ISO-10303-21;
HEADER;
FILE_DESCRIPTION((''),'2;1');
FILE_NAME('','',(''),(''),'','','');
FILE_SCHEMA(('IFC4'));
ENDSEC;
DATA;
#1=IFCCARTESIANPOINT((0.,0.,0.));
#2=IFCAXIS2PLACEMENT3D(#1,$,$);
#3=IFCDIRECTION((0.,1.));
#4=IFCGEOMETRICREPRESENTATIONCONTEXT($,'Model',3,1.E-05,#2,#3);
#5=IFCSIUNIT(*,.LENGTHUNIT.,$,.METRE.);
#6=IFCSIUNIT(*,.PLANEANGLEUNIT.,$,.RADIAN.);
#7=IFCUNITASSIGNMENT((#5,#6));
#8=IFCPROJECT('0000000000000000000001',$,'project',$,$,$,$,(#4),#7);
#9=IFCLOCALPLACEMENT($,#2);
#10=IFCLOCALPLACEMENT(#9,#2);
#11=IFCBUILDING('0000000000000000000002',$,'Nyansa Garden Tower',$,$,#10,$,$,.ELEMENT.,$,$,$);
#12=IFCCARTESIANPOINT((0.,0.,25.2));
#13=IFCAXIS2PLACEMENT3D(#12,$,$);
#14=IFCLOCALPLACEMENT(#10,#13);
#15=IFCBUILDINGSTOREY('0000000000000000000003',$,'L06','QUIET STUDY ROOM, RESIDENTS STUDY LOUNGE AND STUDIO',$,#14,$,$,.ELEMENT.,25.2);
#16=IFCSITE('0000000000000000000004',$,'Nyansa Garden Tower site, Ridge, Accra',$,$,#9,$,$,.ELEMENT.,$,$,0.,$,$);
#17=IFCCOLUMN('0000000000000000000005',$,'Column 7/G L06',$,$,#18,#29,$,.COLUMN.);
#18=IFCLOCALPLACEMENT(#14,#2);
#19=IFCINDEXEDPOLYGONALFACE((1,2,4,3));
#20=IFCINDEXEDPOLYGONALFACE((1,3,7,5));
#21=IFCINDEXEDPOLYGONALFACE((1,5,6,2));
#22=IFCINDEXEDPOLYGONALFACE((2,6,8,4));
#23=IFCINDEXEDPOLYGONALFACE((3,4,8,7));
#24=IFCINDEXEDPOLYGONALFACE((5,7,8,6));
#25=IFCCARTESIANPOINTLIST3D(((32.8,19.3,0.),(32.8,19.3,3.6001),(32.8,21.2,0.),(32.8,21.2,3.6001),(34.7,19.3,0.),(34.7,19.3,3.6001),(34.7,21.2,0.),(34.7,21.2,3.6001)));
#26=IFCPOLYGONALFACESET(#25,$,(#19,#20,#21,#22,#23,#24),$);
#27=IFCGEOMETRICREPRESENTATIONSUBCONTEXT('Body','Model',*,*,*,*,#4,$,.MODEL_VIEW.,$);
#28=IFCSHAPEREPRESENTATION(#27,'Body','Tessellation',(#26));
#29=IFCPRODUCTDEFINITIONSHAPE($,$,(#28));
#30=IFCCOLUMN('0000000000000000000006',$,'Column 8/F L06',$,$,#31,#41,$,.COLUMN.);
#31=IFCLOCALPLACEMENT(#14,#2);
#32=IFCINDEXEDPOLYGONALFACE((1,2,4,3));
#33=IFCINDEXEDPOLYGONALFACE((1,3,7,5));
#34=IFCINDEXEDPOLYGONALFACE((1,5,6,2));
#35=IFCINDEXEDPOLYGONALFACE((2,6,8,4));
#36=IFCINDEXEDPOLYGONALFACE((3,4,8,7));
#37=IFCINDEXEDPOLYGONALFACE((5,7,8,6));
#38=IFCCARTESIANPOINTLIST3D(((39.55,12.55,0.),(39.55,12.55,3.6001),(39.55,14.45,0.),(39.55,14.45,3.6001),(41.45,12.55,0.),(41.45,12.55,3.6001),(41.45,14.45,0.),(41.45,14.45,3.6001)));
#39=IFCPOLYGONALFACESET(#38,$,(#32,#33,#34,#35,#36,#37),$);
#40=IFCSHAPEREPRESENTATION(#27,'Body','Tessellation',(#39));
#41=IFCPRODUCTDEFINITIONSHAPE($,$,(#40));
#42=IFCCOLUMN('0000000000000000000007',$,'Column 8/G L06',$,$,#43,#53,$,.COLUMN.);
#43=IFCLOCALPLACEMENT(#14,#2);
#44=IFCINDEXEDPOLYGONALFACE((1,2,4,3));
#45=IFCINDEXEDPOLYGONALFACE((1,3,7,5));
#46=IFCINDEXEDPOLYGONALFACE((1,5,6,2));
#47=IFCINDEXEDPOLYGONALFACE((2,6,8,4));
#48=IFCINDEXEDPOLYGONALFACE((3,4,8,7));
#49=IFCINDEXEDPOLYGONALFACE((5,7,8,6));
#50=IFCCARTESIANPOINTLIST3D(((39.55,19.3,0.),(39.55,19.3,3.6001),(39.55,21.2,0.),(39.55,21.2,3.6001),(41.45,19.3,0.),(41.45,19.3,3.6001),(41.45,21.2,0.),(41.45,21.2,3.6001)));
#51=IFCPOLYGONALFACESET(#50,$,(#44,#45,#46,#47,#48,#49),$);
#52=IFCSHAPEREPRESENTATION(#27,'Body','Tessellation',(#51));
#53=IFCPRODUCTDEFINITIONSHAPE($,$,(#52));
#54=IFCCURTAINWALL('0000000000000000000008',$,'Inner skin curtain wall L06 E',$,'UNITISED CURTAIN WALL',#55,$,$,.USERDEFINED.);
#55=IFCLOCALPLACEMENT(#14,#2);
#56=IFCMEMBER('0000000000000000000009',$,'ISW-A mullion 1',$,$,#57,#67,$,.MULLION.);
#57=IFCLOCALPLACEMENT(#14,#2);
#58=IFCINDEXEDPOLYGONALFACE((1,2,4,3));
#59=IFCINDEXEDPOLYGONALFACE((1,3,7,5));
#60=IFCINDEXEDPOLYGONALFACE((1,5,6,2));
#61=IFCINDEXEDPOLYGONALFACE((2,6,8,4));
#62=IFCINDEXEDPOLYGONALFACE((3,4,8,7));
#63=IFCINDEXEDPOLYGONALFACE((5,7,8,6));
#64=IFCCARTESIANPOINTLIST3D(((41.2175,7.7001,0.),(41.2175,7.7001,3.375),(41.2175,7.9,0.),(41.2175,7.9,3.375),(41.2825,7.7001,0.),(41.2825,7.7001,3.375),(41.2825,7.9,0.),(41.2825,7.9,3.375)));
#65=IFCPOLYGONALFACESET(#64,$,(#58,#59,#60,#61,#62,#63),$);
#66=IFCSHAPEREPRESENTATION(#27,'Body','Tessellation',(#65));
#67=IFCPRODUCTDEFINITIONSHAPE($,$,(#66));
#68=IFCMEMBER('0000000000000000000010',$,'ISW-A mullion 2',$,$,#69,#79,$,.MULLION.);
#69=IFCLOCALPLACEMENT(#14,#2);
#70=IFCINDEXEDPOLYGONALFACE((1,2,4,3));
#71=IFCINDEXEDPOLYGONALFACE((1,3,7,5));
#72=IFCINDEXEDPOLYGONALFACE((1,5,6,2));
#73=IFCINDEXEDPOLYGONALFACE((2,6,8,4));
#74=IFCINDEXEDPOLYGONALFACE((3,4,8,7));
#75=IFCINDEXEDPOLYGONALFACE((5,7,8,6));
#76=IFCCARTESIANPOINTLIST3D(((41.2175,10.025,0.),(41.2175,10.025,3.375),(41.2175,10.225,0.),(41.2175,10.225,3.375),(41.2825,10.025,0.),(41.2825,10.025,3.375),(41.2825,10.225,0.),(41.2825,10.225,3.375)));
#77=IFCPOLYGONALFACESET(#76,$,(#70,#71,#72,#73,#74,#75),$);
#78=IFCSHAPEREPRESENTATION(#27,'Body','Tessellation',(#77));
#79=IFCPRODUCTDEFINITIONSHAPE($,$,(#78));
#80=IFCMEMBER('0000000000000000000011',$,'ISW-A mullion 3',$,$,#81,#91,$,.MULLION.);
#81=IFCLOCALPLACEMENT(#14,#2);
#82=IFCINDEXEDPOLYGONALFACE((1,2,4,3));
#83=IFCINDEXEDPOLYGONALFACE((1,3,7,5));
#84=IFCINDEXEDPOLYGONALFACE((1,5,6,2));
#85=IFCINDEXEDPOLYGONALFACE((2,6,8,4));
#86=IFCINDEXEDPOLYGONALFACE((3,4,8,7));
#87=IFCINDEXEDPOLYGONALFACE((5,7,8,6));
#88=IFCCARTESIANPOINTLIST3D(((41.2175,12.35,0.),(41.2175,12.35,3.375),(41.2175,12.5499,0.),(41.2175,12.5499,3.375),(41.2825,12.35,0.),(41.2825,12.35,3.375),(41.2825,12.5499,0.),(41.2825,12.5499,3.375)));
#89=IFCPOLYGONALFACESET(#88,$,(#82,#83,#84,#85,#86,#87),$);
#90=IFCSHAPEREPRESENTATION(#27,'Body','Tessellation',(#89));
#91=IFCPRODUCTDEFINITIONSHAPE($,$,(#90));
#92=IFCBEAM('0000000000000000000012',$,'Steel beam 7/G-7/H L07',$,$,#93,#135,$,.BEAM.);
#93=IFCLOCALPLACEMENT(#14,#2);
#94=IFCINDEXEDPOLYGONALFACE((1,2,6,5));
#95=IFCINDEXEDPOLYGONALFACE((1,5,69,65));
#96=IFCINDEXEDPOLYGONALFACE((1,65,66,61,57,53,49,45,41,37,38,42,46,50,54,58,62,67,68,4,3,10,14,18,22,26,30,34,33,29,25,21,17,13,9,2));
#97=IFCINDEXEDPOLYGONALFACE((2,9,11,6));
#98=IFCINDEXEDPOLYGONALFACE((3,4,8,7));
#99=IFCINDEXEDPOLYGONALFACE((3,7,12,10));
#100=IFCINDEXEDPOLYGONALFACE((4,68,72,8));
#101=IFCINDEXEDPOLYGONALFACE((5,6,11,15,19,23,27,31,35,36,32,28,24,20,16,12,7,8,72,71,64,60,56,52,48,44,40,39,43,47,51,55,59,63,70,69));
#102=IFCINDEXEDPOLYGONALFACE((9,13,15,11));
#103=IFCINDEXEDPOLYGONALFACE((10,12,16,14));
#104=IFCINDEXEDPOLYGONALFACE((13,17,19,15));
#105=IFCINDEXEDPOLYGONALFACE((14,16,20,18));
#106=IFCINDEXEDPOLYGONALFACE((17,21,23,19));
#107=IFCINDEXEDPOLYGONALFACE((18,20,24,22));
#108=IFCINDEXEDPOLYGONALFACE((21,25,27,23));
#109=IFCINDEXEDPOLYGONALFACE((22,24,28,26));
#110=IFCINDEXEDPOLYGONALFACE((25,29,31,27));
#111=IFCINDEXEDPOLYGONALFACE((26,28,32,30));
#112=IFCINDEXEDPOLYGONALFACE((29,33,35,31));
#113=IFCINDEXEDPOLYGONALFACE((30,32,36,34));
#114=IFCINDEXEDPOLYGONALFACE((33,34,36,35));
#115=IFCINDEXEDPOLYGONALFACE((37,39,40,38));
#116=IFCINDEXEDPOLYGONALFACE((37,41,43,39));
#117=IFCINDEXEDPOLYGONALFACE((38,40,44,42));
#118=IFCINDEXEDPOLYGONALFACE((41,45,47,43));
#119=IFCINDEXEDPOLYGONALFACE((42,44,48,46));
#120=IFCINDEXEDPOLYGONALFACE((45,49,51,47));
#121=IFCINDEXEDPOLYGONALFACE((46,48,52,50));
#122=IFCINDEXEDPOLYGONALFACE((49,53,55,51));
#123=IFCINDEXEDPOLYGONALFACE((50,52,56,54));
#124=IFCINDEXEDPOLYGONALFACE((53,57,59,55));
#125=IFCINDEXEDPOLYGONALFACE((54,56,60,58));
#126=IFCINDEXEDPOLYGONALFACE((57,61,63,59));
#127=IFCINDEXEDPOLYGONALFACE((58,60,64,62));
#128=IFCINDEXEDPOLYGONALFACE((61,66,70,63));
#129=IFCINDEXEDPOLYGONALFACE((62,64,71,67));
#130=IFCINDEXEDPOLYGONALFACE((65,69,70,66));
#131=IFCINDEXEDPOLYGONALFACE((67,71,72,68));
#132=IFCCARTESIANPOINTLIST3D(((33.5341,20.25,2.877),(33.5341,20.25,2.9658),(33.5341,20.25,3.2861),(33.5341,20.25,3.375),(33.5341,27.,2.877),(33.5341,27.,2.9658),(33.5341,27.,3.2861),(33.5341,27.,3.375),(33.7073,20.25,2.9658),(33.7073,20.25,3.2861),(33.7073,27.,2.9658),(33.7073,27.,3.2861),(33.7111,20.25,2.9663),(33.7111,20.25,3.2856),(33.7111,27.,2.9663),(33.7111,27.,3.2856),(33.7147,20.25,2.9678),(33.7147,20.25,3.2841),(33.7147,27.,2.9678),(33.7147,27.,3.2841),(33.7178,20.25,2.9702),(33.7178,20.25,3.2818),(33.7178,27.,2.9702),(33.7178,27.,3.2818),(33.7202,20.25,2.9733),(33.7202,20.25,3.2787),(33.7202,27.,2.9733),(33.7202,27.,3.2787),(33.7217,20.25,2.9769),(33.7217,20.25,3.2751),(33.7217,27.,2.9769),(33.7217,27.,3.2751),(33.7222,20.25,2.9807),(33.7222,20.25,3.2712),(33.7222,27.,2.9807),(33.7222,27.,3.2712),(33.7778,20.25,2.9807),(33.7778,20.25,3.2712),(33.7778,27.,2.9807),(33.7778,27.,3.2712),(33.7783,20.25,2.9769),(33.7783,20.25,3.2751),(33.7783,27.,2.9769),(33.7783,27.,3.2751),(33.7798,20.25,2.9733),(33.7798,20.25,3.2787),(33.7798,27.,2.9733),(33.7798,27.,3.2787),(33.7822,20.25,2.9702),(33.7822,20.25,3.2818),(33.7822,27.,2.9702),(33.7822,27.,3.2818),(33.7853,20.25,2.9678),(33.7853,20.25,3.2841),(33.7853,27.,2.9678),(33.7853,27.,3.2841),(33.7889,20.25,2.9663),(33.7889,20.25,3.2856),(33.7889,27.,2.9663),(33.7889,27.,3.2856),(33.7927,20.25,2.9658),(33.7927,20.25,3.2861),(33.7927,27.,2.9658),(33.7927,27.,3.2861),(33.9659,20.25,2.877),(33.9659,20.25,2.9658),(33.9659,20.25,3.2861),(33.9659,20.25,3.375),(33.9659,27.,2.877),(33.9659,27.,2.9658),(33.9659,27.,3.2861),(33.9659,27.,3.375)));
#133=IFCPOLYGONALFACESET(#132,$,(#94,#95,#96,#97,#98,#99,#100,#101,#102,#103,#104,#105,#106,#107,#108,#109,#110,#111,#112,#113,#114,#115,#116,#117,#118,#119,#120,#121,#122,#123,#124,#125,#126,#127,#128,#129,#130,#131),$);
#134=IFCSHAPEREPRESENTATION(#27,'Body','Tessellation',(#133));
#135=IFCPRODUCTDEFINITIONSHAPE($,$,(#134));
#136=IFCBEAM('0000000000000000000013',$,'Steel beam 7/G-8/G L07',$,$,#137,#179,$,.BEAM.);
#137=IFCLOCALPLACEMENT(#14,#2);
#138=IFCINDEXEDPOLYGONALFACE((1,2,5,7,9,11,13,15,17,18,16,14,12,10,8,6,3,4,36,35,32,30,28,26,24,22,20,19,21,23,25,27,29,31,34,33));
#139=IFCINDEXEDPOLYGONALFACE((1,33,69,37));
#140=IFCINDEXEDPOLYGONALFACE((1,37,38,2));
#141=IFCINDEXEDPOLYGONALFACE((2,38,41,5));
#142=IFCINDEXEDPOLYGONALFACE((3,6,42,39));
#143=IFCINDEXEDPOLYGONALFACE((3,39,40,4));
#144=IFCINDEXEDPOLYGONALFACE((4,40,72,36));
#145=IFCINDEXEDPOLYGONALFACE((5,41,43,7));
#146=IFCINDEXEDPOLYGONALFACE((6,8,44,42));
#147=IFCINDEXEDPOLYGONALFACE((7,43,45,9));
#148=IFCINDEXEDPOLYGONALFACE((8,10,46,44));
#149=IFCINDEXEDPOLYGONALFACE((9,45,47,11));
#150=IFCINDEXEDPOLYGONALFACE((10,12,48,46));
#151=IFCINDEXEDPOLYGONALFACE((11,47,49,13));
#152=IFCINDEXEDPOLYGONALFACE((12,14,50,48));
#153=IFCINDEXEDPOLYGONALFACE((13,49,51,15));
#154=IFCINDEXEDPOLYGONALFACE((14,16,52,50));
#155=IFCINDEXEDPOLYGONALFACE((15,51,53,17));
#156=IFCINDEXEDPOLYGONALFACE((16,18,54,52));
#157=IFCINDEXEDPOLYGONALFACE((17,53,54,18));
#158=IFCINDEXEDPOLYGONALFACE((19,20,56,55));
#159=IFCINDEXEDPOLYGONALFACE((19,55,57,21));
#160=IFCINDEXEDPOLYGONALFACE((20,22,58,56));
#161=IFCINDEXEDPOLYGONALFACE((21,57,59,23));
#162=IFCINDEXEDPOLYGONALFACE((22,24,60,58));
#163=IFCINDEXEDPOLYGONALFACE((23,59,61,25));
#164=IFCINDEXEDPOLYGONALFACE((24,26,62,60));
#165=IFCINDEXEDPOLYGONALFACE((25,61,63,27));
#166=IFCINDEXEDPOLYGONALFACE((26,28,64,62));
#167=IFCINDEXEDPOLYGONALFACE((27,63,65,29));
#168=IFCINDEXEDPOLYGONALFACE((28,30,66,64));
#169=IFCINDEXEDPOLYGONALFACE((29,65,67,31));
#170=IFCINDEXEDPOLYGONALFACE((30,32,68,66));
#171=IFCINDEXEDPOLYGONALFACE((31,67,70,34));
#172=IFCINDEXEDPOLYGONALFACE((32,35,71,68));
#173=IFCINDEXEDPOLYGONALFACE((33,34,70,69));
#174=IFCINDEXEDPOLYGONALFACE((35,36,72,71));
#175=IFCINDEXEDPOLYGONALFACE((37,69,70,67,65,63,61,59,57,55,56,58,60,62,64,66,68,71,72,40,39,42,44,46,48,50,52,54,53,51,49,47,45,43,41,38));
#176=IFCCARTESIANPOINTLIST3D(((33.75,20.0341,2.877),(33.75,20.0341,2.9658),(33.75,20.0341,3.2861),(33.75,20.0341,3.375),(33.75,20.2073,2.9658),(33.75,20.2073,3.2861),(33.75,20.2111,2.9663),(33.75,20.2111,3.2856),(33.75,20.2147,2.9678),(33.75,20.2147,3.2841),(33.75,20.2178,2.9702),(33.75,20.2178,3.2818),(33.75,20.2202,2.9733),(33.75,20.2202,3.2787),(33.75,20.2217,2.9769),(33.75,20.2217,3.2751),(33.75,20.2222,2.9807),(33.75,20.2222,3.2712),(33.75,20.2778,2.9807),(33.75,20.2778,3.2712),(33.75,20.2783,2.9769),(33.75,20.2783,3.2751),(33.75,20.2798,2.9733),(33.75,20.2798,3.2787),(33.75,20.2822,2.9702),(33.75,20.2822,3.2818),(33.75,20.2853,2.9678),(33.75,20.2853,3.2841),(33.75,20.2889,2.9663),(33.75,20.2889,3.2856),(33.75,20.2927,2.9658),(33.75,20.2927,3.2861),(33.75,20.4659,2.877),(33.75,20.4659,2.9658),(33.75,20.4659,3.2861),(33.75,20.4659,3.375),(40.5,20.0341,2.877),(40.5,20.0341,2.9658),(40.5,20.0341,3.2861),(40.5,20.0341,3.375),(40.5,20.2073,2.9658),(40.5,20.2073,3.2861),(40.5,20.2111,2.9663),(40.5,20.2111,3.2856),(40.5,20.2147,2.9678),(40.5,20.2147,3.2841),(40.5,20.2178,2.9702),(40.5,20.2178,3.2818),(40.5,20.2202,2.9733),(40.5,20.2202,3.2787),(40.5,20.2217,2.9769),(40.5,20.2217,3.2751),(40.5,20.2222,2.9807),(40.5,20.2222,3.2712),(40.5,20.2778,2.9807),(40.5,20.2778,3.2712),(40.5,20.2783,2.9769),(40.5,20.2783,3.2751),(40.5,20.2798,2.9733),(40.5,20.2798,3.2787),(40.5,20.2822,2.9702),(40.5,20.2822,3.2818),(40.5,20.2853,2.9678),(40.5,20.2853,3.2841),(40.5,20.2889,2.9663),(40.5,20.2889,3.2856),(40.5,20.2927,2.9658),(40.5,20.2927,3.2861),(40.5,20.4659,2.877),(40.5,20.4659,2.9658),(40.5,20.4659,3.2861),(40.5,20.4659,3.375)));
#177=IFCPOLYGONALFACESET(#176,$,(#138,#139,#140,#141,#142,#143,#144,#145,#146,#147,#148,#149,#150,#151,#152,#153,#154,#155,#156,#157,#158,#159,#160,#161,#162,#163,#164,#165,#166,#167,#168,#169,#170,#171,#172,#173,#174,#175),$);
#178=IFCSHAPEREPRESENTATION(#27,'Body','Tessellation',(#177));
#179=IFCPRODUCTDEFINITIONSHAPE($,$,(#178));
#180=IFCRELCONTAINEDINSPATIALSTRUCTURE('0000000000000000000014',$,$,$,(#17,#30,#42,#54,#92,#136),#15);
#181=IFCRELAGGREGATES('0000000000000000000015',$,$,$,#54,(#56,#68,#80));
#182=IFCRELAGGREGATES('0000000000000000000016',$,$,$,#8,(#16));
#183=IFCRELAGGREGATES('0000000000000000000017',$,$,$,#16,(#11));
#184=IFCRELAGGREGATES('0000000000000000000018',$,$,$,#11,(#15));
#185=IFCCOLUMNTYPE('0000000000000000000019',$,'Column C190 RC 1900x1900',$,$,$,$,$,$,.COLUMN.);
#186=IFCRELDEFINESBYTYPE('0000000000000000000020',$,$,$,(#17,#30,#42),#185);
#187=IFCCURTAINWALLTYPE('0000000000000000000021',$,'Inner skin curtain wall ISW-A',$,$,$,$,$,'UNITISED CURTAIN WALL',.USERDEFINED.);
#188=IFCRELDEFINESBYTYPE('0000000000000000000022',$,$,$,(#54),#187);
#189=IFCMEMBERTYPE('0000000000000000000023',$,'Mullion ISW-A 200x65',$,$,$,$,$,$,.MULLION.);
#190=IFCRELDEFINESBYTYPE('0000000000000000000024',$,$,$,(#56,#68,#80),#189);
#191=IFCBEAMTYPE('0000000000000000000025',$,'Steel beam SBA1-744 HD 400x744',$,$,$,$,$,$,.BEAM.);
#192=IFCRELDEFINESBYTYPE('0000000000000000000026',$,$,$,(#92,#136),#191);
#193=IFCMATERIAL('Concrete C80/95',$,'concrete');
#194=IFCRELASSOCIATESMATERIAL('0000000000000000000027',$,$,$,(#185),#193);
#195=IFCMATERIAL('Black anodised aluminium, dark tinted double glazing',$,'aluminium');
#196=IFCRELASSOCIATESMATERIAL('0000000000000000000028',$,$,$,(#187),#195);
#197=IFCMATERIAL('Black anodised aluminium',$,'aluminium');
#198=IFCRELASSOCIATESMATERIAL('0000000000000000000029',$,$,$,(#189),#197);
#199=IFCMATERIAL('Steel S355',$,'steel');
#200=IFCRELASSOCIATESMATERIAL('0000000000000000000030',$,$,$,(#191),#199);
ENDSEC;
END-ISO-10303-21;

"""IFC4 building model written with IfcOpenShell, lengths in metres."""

from ifc_helpers import new_model, si_unit, direction, frame, origin, origin_2d, place, context, subcontext, project, spatial, rectangle, i_section, extrude, material, material_profile, profile_set, type_object, element, aggregate, save


model = new_model("IFC4")

# Units and contexts
model_context = context("Model", 3, precision=1e-05, world=origin(), true_north=direction((0.0, 1.0)))
body_context = subcontext(model_context, "Body", "Model", "MODEL_VIEW")
ifc_project = project(units=[si_unit("LENGTHUNIT", "METRE"), si_unit("PLANEANGLEUNIT", "RADIAN")], contexts=[model_context])

# Site, building, storey
site_placement = place(None, origin())
site = spatial("IfcSite", under=ifc_project, at=site_placement, Name="Nyansa Garden Tower site, Ridge, Accra", CompositionType="ELEMENT", RefElevation=0.0)
building_placement = place(site_placement, origin())
building = spatial("IfcBuilding", under=site, at=building_placement, Name="Nyansa Garden Tower", CompositionType="ELEMENT")
storey_placement = place(building_placement, frame((0.0, 0.0, 25.2)))
storey = spatial("IfcBuildingStorey", under=building, at=storey_placement, Name="L06", Description="QUIET STUDY ROOM, RESIDENTS STUDY LOUNGE AND STUDIO", CompositionType="ELEMENT", Elevation=25.2)

# Columns
ifc_material_1 = material(Name="Concrete C80/95", Category="concrete")
ifc_material_profile_1 = material_profile(ifc_material_1, rectangle(XDim=1.8999, YDim=1.8999, at=origin_2d()), Name="RC 1900x1900")
ifc_profile_set_1 = profile_set([ifc_material_profile_1], Name="Concrete C80/95")
column_type = type_object("IfcColumnType", Name="Column C190 RC 1900x1900", PredefinedType="COLUMN", material=ifc_profile_set_1)
for number, where, z_axis, x_axis, name in (
    (1, (33.75, 20.25, 0.0), (0.0, 0.0, 1.0), (1.0, 0.0, 0.0), "Column 7/G L06"),
    (2, (40.5, 13.5, 0.0), (0.0, 0.0, 1.0), (1.0, 0.0, 0.0), "Column 8/F L06"),
    (3, (40.5, 20.25, 0.0), (0.0, 0.0, 1.0), (1.0, 0.0, 0.0), "Column 8/G L06"),
):
    element("IfcColumn", number, at=place(storey_placement, frame(where, z_axis=z_axis, x_axis=x_axis)), inside=storey, type_object=column_type, Name=name, PredefinedType="COLUMN", context=body_context, shape_type="SweptSolid", body=[
        extrude(rectangle(XDim=1.8999, YDim=1.8999, at=origin_2d()), origin(), (0.0, 0.0, 1.0), 3.6001),
    ])

# Curtain wall, members
ifc_material_2 = material(Name="Black anodised aluminium, dark tinted double glazing", Category="aluminium")
curtain_wall_type = type_object("IfcCurtainWallType", Name="Inner skin curtain wall ISW-A", ElementType="UNITISED CURTAIN WALL", PredefinedType="USERDEFINED", material=ifc_material_2)
curtain_wall_placement = place(storey_placement, origin())
curtain_wall = element("IfcCurtainWall", 4, at=curtain_wall_placement, inside=storey, type_object=curtain_wall_type, Name="Inner skin curtain wall L06 E", ObjectType="UNITISED CURTAIN WALL", PredefinedType="USERDEFINED")
ifc_material_3 = material(Name="Black anodised aluminium", Category="aluminium")
ifc_material_profile_2 = material_profile(ifc_material_3, rectangle(XDim=0.0649, YDim=0.2, at=origin_2d()), Name="Mullion 200x65")
ifc_profile_set_2 = profile_set([ifc_material_profile_2], Name="Black anodised aluminium")
member_type_1 = type_object("IfcMemberType", Name="Mullion ISW-A 200x65", PredefinedType="MULLION", material=ifc_profile_set_2)
member_1_placement = place(storey_placement, frame((41.25, 7.8, 0.0), z_axis=(0.0, 0.0, 1.0), x_axis=(-1.0, 0.0, 0.0)))
member_1 = element("IfcMember", 5, at=member_1_placement, type_object=member_type_1, Name="ISW-A mullion 1", PredefinedType="MULLION", context=body_context, shape_type="SweptSolid", body=[
    extrude(rectangle(XDim=0.0649, YDim=0.2, at=origin_2d()), origin(), (0.0, 0.0, 1.0), 3.375),
])
member_2_placement = place(storey_placement, frame((41.25, 10.125, 0.0), z_axis=(0.0, 0.0, 1.0), x_axis=(-1.0, 0.0, 0.0)))
member_2 = element("IfcMember", 6, at=member_2_placement, type_object=member_type_1, Name="ISW-A mullion 2", PredefinedType="MULLION", context=body_context, shape_type="SweptSolid", body=[
    extrude(rectangle(XDim=0.0649, YDim=0.2, at=origin_2d()), origin(), (0.0, 0.0, 1.0), 3.375),
])
member_3_placement = place(storey_placement, frame((41.25, 12.45, 0.0), z_axis=(0.0, 0.0, 1.0), x_axis=(-1.0, 0.0, 0.0)))
member_3 = element("IfcMember", 7, at=member_3_placement, type_object=member_type_1, Name="ISW-A mullion 3", PredefinedType="MULLION", context=body_context, shape_type="SweptSolid", body=[
    extrude(rectangle(XDim=0.0649, YDim=0.2, at=origin_2d()), origin(), (0.0, 0.0, 1.0), 3.375),
])

# Beams
ifc_material_4 = material(Name="Steel S355", Category="steel")
ifc_material_profile_3 = material_profile(ifc_material_4, i_section(OverallWidth=0.4319, OverallDepth=0.498, WebThickness=0.0557, FlangeThickness=0.0889, FilletRadius=0.0149, at=origin_2d()), Name="HD 400x744")
ifc_profile_set_3 = profile_set([ifc_material_profile_3], Name="Steel S355")
beam_type_1 = type_object("IfcBeamType", Name="Steel beam SBA1-744 HD 400x744", PredefinedType="BEAM", material=ifc_profile_set_3)
for number, where, z_axis, x_axis, name in (
    (8, (33.75, 20.25, 3.126), (0.0, 1.0, 0.0), (-1.0, 0.0, 0.0), "Steel beam 7/G-7/H L07"),
    (9, (33.75, 20.25, 3.126), (1.0, 0.0, 0.0), (0.0, 1.0, 0.0), "Steel beam 7/G-8/G L07"),
):
    element("IfcBeam", number, at=place(storey_placement, frame(where, z_axis=z_axis, x_axis=x_axis)), inside=storey, type_object=beam_type_1, Name=name, PredefinedType="BEAM", context=body_context, shape_type="SweptSolid", body=[
        extrude(i_section(OverallWidth=0.4319, OverallDepth=0.498, WebThickness=0.0557, FlangeThickness=0.0889, FilletRadius=0.0149, at=origin_2d()), origin(), (0.0, 0.0, 1.0), 6.75),
    ])

aggregate(curtain_wall, [member_1, member_2, member_3])

save(model, "model.ifc")
